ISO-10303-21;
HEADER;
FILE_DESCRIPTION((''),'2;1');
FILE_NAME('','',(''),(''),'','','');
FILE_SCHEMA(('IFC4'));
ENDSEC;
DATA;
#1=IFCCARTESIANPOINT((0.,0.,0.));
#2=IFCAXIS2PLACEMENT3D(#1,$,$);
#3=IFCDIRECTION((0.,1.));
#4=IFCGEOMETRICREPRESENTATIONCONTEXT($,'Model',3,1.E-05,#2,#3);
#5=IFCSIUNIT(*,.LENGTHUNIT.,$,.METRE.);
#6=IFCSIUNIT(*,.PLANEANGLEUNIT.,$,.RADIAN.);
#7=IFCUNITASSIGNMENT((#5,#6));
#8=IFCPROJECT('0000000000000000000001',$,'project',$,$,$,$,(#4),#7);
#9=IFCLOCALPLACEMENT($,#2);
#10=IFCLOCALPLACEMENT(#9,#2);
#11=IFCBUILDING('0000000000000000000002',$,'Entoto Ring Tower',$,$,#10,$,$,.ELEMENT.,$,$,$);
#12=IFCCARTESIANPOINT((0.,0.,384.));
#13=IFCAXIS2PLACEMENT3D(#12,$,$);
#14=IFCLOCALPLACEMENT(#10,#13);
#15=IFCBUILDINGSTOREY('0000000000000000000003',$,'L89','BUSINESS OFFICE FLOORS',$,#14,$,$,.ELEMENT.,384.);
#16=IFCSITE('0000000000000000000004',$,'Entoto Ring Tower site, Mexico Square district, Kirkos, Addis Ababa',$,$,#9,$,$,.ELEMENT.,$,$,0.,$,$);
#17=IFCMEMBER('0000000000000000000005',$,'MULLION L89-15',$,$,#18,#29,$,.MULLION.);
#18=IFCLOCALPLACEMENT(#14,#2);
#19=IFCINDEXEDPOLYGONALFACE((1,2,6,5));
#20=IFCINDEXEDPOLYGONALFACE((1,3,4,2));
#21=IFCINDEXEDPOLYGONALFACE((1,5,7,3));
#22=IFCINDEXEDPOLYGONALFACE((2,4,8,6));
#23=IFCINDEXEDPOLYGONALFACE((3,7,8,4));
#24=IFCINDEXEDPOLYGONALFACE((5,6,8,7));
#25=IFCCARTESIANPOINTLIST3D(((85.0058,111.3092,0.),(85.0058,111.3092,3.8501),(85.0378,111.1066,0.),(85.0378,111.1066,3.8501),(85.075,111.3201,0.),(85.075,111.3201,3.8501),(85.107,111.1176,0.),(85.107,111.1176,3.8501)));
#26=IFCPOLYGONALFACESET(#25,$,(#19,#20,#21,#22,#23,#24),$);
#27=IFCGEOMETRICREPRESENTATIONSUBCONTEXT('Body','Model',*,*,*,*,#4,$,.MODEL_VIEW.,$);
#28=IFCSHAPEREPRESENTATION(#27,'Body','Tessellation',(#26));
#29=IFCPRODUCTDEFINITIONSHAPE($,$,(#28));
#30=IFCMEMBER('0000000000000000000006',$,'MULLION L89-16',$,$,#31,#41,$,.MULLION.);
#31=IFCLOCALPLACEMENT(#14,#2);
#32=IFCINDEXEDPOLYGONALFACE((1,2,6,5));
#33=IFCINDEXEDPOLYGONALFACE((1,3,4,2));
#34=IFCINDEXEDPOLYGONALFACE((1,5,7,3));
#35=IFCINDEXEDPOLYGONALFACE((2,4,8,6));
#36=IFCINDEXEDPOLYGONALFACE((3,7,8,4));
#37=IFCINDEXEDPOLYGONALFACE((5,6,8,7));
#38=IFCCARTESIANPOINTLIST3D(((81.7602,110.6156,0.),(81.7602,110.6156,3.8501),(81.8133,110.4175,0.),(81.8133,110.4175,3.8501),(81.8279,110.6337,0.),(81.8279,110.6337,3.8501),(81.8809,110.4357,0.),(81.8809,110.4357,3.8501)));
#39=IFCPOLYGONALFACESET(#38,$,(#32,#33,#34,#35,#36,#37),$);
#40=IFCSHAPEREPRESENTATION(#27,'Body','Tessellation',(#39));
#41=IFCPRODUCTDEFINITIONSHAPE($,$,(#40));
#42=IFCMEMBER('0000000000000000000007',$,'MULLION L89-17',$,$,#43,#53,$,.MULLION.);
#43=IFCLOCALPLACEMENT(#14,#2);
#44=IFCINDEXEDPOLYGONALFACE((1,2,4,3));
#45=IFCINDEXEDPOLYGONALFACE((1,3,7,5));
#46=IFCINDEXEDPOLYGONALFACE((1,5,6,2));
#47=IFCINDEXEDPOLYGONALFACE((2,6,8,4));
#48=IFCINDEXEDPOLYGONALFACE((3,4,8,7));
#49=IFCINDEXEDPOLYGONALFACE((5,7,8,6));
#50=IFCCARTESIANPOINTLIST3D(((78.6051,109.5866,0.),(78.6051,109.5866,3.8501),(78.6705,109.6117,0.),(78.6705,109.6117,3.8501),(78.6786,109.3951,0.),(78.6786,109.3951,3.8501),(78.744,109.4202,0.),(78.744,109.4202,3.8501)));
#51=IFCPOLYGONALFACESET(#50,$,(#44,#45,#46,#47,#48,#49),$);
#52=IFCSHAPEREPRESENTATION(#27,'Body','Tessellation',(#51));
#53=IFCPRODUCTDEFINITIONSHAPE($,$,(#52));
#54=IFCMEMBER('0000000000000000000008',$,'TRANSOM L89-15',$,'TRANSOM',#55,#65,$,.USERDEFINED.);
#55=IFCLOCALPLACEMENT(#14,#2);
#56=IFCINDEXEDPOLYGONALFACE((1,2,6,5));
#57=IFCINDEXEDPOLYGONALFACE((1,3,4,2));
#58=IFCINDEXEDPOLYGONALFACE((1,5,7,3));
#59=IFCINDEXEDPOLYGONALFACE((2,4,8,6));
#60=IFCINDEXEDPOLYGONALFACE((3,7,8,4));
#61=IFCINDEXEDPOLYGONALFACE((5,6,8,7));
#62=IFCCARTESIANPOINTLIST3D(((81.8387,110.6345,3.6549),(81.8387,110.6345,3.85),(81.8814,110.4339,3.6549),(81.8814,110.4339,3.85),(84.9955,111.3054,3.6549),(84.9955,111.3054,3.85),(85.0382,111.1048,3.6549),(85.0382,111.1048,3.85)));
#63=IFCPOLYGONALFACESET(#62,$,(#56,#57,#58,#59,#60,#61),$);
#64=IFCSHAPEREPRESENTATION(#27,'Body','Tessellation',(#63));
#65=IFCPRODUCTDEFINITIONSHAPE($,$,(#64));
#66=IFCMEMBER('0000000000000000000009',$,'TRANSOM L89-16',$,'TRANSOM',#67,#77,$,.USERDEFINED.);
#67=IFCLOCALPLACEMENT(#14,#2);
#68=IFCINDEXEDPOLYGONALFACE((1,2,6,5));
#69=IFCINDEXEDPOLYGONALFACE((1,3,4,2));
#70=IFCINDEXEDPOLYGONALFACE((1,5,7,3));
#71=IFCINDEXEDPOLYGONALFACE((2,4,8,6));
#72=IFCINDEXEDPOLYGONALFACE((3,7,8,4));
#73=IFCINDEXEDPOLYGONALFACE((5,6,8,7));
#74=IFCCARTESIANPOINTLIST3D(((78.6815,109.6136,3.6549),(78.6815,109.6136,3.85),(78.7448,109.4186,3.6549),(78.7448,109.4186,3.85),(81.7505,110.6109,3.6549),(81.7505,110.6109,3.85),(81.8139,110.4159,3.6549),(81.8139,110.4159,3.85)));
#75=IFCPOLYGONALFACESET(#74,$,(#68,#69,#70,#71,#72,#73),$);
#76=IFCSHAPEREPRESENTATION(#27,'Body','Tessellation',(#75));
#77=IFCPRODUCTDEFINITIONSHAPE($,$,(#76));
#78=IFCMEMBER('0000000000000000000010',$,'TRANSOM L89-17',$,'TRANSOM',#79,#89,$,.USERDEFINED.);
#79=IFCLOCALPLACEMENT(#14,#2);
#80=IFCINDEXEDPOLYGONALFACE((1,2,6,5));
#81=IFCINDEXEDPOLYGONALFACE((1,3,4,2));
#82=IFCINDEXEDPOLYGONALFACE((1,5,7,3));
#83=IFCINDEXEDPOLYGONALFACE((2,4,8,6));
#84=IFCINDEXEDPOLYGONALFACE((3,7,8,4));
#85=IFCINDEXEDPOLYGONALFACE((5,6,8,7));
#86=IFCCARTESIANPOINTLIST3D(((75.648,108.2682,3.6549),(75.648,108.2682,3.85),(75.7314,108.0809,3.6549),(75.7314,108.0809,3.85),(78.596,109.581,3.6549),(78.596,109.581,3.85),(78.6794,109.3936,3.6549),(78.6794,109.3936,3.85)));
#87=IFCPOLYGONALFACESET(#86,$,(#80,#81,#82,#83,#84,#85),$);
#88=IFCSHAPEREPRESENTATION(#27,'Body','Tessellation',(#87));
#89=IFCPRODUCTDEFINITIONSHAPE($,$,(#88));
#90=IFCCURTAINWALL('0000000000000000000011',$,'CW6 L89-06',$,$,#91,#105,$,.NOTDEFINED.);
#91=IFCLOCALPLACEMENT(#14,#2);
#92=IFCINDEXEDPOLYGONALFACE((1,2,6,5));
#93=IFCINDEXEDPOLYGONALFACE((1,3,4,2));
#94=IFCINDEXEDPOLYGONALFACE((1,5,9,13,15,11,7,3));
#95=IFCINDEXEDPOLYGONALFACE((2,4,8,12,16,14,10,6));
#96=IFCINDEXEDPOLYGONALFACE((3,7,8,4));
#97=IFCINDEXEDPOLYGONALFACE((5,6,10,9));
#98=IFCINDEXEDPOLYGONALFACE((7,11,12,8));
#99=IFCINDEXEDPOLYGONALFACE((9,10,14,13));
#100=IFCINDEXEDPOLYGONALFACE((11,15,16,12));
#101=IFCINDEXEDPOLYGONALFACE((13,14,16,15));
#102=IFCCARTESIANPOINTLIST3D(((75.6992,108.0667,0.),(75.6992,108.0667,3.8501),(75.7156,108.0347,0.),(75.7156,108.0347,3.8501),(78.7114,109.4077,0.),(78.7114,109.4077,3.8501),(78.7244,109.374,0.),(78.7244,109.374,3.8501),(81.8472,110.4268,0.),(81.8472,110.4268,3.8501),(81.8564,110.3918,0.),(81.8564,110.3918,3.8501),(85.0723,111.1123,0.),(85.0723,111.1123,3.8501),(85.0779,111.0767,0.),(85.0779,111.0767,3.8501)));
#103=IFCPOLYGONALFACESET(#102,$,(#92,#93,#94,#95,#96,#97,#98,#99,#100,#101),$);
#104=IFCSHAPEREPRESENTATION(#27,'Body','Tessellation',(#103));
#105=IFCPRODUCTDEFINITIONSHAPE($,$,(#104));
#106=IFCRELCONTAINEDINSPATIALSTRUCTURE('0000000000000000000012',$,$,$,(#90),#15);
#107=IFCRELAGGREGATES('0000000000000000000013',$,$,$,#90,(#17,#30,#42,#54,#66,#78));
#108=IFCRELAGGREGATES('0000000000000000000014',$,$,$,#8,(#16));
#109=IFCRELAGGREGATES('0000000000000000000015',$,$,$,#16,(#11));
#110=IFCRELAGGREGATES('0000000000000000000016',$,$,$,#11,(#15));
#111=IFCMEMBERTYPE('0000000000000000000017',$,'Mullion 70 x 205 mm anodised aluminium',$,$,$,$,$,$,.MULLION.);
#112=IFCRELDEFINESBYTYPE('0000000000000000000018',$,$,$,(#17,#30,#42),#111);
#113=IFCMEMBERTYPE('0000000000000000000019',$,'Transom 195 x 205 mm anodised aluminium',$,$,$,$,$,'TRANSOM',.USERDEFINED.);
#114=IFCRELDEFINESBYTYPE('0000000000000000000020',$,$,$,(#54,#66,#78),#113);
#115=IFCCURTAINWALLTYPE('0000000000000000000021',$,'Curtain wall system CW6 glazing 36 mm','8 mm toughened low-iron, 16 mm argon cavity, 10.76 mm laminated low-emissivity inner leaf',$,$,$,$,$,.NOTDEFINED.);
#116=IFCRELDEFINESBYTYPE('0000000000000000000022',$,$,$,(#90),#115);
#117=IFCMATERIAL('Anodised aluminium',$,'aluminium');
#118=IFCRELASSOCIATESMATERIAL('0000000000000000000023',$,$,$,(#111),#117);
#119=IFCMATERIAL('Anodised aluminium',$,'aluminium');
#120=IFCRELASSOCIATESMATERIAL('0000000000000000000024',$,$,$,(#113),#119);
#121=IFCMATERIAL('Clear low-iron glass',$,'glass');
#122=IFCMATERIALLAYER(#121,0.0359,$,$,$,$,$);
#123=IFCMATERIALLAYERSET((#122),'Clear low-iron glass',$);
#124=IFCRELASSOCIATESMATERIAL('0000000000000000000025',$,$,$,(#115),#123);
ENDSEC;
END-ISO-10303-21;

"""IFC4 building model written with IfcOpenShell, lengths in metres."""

from ifc_helpers import new_model, si_unit, direction, frame, origin, origin_2d, place, context, subcontext, project, spatial, polyline, rectangle, outline, extrude, material, layer, layer_set, material_profile, profile_set, type_object, element, aggregate, save


model = new_model("IFC4")

# Units and contexts
model_context = context("Model", 3, precision=1e-05, world=origin(), true_north=direction((0.0, 1.0)))
body_context = subcontext(model_context, "Body", "Model", "MODEL_VIEW")
ifc_project = project(units=[si_unit("LENGTHUNIT", "METRE"), si_unit("PLANEANGLEUNIT", "RADIAN")], contexts=[model_context])

# Members
ifc_material_1 = material(Name="Anodised aluminium", Category="aluminium")
ifc_material_profile_1 = material_profile(ifc_material_1, rectangle(XDim=0.0701, YDim=0.2051, at=origin_2d()), Name="Mullion 70 x 205 mm anodised aluminium")
ifc_profile_set_1 = profile_set([ifc_material_profile_1], Name="Anodised aluminium")
member_type_1 = type_object("IfcMemberType", Name="Mullion 70 x 205 mm anodised aluminium", PredefinedType="MULLION", material=ifc_profile_set_1)
site_placement = place(None, origin())
building_placement = place(site_placement, origin())
storey_placement = place(building_placement, frame((0.0, 0.0, 384.0)))
member_1_placement = place(storey_placement, frame((85.0564, 111.2134, 0.0), z_axis=(0.0, 0.0, 1.0), x_axis=(-0.987688, -0.156434, 0.0)))
member_1 = element("IfcMember", 1, at=member_1_placement, type_object=member_type_1, Name="MULLION L89-15", PredefinedType="MULLION", context=body_context, shape_type="SweptSolid", body=[
    extrude(rectangle(XDim=0.0701, YDim=0.2051, at=origin_2d()), origin(), (0.0, 0.0, 1.0), 3.8501),
])
member_2_placement = place(storey_placement, frame((81.8206, 110.5256, 0.0), z_axis=(0.0, 0.0, 1.0), x_axis=(-0.965926, -0.258819, 0.0)))
member_2 = element("IfcMember", 2, at=member_2_placement, type_object=member_type_1, Name="MULLION L89-16", PredefinedType="MULLION", context=body_context, shape_type="SweptSolid", body=[
    extrude(rectangle(XDim=0.0701, YDim=0.2051, at=origin_2d()), origin(), (0.0, 0.0, 1.0), 3.8501),
])
member_3_placement = place(storey_placement, frame((78.6746, 109.5034, 0.0), z_axis=(0.0, 0.0, 1.0), x_axis=(-0.93358, -0.358368, 0.0)))
member_3 = element("IfcMember", 3, at=member_3_placement, type_object=member_type_1, Name="MULLION L89-17", PredefinedType="MULLION", context=body_context, shape_type="SweptSolid", body=[
    extrude(rectangle(XDim=0.0701, YDim=0.2051, at=origin_2d()), origin(), (0.0, 0.0, 1.0), 3.8501),
])
ifc_material_2 = material(Name="Anodised aluminium", Category="aluminium")
ifc_material_profile_2 = material_profile(ifc_material_2, rectangle(XDim=0.2051, YDim=0.1951, at=origin_2d()), Name="Transom 195 x 205 mm anodised aluminium")
ifc_profile_set_2 = profile_set([ifc_material_profile_2], Name="Anodised aluminium")
member_type_2 = type_object("IfcMemberType", Name="Transom 195 x 205 mm anodised aluminium", ElementType="TRANSOM", PredefinedType="USERDEFINED", material=ifc_profile_set_2)
member_4_placement = place(storey_placement, frame((85.0168, 111.2051, 3.7524), z_axis=(-0.978153, -0.207886, 0.0), x_axis=(0.207886, -0.978153, 0.0)))
member_4 = element("IfcMember", 4, at=member_4_placement, type_object=member_type_2, Name="TRANSOM L89-15", ObjectType="TRANSOM", PredefinedType="USERDEFINED", context=body_context, shape_type="SweptSolid", body=[
    extrude(rectangle(XDim=0.2051, YDim=0.1951, at=origin_2d()), origin(), (0.0, 0.0, 1.0), 3.2273),
])
member_5_placement = place(storey_placement, frame((81.7822, 110.5134, 3.7524), z_axis=(-0.951047, -0.309047, 0.0), x_axis=(0.309047, -0.951047, 0.0)))
member_5 = element("IfcMember", 5, at=member_5_placement, type_object=member_type_2, Name="TRANSOM L89-16", ObjectType="TRANSOM", PredefinedType="USERDEFINED", context=body_context, shape_type="SweptSolid", body=[
    extrude(rectangle(XDim=0.2051, YDim=0.1951, at=origin_2d()), origin(), (0.0, 0.0, 1.0), 3.2271),
])
member_6_placement = place(storey_placement, frame((78.6377, 109.4873, 3.7524), z_axis=(-0.913521, -0.406791, 0.0), x_axis=(0.406791, -0.913521, 0.0)))
member_6 = element("IfcMember", 6, at=member_6_placement, type_object=member_type_2, Name="TRANSOM L89-17", ObjectType="TRANSOM", PredefinedType="USERDEFINED", context=body_context, shape_type="SweptSolid", body=[
    extrude(rectangle(XDim=0.2051, YDim=0.1951, at=origin_2d()), origin(), (0.0, 0.0, 1.0), 3.2271),
])

# Site, building, storey
site = spatial("IfcSite", under=ifc_project, at=site_placement, Name="Entoto Ring Tower site, Mexico Square district, Kirkos, Addis Ababa", CompositionType="ELEMENT", RefElevation=0.0)
building = spatial("IfcBuilding", under=site, at=building_placement, Name="Entoto Ring Tower", CompositionType="ELEMENT")
storey = spatial("IfcBuildingStorey", under=building, at=storey_placement, Name="L89", Description="BUSINESS OFFICE FLOORS", CompositionType="ELEMENT", Elevation=384.0)

# Curtain wall
ifc_material_3 = material(Name="Clear low-iron glass", Category="glass")
ifc_layer = layer(ifc_material_3, 0.0359)
ifc_layer_set = layer_set([ifc_layer], Name="Clear low-iron glass")
curtain_wall_type = type_object("IfcCurtainWallType", Name="Curtain wall system CW6 glazing 36 mm", Description="8 mm toughened low-iron, 16 mm argon cavity, 10.76 mm laminated low-emissivity inner leaf", PredefinedType="NOTDEFINED", material=ifc_layer_set)
curtain_wall_1_placement = place(storey_placement, origin())
curtain_wall_1 = element("IfcCurtainWall", 7, at=curtain_wall_1_placement, inside=storey, type_object=curtain_wall_type, Name="CW6 L89-06", PredefinedType="NOTDEFINED", context=body_context, shape_type="SweptSolid", body=[
    extrude(outline(polyline([(85.0723, 111.1123), (81.8472, 110.4268), (78.7114, 109.4077), (75.6992, 108.0667), (75.7156, 108.0347), (78.7244, 109.374), (81.8564, 110.3918), (85.0779, 111.0767), (85.0723, 111.1123)])), origin(), (0.0, 0.0, 1.0), 3.8501),
])
aggregate(curtain_wall_1, [member_1, member_2, member_3, member_4, member_5, member_6])

save(model, "model.ifc")
